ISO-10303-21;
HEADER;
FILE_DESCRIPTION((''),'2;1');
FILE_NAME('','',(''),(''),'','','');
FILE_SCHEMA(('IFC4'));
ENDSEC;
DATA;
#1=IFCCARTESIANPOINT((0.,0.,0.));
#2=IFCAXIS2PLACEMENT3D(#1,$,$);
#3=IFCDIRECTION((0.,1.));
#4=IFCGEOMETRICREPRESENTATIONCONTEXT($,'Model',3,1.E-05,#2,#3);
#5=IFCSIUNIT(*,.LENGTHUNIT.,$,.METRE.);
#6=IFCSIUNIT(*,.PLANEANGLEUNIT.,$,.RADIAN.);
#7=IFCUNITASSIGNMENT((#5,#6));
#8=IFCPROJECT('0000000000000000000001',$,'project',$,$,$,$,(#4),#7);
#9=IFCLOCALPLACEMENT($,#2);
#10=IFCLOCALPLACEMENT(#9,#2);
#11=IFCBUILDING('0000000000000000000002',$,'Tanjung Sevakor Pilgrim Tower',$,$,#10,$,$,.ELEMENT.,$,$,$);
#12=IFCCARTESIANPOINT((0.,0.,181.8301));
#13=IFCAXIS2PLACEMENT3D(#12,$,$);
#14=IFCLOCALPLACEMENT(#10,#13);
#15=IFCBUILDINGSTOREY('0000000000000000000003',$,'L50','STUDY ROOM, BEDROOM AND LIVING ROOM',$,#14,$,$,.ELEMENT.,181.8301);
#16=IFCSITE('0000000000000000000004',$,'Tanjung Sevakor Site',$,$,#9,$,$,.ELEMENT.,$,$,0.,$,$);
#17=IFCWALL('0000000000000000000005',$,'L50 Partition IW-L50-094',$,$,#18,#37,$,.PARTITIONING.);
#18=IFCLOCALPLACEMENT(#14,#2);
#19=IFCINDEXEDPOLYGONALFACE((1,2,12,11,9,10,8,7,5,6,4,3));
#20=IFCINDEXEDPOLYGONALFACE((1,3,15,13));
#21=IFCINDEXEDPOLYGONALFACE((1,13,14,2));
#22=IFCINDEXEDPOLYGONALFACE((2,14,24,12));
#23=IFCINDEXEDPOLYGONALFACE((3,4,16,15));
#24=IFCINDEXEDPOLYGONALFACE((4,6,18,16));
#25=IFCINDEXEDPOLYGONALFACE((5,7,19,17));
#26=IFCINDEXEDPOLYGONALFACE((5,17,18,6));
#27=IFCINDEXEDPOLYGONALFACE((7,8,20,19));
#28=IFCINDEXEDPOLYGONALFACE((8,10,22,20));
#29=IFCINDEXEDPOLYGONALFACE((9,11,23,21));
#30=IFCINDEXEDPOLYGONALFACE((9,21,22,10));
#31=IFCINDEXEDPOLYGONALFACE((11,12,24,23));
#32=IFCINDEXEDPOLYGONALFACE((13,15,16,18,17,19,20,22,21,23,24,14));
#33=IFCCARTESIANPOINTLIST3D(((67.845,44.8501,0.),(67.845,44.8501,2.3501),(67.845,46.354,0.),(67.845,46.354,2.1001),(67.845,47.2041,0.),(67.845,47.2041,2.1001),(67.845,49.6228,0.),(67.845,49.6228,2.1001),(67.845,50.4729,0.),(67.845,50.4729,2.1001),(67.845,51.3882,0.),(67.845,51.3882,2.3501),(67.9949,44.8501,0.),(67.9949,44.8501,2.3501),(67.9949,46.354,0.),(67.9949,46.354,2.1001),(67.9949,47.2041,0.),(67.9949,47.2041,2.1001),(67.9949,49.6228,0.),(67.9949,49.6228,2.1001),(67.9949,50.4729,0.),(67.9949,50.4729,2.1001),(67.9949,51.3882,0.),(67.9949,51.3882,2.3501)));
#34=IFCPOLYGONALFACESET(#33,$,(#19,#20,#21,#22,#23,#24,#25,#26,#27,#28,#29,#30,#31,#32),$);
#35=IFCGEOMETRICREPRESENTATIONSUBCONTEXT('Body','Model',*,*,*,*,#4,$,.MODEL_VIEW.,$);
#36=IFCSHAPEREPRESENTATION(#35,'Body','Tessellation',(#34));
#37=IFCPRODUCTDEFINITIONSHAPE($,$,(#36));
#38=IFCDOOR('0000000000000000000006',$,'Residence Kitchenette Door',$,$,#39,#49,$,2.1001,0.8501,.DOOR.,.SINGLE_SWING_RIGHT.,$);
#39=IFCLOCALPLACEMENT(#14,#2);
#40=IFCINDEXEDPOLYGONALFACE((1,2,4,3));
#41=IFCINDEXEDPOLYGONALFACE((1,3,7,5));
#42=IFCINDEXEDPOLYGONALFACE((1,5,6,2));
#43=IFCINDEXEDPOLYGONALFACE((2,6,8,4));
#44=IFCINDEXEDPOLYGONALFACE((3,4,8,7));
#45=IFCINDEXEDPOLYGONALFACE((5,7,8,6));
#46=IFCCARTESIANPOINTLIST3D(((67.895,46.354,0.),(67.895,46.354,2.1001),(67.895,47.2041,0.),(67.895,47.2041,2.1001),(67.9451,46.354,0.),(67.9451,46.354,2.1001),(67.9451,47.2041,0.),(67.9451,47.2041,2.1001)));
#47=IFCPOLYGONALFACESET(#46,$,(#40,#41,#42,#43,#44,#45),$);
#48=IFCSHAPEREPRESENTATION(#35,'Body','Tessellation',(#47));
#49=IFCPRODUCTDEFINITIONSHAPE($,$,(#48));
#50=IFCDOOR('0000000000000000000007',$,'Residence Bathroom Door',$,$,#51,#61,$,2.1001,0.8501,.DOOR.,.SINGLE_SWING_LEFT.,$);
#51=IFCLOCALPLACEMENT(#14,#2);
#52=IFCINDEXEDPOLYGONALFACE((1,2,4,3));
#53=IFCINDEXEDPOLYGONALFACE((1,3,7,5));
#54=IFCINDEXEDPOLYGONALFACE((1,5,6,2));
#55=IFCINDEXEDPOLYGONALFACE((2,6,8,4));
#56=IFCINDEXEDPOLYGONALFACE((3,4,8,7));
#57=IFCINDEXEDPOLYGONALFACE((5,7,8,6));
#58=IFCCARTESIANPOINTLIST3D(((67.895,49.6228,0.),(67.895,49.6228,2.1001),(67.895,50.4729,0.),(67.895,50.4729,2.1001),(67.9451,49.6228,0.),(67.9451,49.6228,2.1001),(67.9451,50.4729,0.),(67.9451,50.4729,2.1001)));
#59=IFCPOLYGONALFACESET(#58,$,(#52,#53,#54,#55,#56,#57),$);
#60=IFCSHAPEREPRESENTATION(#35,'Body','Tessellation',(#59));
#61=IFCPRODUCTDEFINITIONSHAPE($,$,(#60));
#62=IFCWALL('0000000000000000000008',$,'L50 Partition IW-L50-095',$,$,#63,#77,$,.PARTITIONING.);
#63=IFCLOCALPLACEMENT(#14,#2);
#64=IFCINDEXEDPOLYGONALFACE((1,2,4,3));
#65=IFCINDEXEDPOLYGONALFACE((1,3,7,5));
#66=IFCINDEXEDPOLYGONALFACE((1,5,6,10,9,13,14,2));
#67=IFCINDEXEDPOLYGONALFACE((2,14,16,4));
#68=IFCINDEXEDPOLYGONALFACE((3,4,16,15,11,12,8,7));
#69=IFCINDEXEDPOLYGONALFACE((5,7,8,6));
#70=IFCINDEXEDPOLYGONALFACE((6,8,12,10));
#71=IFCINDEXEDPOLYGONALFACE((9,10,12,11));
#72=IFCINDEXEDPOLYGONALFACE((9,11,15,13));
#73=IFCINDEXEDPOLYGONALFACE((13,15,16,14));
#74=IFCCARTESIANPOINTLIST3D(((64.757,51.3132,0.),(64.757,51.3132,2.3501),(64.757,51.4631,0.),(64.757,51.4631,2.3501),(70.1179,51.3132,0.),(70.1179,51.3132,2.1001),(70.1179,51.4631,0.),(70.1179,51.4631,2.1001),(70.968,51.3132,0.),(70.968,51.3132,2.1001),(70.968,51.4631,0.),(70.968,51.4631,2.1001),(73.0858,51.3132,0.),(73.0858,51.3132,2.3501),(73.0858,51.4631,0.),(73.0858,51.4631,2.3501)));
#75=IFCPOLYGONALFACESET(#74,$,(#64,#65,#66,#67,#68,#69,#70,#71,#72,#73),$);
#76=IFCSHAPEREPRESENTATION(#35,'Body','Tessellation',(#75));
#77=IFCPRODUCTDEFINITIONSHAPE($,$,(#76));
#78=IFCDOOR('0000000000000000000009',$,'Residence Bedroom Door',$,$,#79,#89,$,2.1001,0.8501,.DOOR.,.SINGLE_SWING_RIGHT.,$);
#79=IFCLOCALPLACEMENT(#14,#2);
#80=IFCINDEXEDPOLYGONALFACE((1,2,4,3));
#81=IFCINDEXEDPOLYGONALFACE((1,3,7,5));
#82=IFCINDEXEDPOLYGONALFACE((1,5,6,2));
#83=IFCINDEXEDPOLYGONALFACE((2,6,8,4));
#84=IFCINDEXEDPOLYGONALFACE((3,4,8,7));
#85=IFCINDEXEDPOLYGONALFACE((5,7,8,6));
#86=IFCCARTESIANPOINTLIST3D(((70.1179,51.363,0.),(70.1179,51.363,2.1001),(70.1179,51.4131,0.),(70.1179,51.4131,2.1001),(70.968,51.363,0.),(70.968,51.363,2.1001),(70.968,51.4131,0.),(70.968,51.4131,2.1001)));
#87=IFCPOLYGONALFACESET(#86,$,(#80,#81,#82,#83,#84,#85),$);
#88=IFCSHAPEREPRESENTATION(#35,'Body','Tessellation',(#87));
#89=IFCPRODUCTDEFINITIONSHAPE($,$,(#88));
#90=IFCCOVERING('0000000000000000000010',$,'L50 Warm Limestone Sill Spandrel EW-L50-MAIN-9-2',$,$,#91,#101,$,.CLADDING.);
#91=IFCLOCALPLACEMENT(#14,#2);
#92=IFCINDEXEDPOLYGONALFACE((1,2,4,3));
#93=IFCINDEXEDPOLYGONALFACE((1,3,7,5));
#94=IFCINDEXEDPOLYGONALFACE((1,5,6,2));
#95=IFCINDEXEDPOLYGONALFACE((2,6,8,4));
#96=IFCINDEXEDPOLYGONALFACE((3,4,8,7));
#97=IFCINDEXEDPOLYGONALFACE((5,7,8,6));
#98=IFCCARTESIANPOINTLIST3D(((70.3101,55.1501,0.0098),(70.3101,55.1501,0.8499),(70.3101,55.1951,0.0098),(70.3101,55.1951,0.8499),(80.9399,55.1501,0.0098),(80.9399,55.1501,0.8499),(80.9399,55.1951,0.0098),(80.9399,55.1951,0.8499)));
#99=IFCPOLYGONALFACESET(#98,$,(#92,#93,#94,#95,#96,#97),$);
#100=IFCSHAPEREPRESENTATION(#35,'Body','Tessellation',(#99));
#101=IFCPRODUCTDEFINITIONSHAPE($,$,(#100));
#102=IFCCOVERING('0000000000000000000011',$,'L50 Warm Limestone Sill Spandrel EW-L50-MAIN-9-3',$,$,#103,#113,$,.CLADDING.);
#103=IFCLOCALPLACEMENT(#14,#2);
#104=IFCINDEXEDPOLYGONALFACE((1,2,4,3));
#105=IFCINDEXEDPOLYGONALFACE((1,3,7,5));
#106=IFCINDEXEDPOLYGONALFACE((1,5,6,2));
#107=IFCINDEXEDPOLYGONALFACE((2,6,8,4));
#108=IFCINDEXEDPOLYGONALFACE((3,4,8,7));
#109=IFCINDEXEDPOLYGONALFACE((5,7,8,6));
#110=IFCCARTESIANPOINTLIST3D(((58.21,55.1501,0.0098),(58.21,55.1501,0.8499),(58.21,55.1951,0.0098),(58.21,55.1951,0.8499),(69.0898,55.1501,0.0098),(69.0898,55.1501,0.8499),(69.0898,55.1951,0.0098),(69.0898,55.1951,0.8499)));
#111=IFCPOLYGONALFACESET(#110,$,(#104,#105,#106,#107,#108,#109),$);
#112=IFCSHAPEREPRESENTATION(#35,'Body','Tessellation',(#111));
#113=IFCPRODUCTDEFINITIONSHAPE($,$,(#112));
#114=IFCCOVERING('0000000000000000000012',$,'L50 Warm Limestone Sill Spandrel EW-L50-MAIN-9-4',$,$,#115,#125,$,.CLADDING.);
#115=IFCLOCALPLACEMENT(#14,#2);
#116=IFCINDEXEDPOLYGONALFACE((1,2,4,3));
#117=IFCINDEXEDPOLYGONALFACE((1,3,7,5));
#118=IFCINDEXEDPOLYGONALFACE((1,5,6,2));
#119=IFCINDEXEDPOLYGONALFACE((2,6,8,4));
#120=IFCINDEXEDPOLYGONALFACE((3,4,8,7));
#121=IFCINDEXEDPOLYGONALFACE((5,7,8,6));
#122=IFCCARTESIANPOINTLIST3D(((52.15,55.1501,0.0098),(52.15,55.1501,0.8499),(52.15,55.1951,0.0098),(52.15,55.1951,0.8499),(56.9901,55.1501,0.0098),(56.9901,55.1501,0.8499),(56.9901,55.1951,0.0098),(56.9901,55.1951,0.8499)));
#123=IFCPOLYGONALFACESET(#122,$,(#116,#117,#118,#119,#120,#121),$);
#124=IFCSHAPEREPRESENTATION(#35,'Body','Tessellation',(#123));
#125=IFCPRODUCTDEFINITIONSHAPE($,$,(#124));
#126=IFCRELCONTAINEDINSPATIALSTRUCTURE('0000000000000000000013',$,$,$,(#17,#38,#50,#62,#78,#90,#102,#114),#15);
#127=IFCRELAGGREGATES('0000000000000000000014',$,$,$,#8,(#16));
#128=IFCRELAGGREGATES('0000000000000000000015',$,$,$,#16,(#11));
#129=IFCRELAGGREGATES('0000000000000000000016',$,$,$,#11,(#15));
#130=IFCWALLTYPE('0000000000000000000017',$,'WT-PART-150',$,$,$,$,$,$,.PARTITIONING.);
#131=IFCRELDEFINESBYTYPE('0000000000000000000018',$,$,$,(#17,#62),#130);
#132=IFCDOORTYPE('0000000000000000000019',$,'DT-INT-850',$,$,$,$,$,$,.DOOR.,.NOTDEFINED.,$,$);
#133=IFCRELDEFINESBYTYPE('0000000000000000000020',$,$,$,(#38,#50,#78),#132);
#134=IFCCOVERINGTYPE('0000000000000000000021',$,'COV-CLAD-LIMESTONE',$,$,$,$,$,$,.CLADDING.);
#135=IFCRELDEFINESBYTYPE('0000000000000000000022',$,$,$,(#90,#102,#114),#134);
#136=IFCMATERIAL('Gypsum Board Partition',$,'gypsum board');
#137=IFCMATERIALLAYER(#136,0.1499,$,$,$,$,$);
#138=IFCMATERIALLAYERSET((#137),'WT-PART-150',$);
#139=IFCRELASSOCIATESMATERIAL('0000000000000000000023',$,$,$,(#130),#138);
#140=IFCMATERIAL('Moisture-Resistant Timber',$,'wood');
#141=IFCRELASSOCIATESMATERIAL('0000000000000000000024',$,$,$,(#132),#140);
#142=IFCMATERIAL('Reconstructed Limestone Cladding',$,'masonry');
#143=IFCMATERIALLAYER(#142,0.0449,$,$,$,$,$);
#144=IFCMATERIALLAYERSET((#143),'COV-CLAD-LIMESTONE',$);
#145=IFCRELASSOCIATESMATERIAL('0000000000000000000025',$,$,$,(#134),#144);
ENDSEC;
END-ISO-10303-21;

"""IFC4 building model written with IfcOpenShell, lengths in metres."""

from ifc_helpers import new_model, si_unit, direction, frame, frame_2d, origin, origin_2d, place, context, subcontext, project, spatial, rectangle, extrude, material, layer, layer_set, type_object, element, fill, save


model = new_model("IFC4")

# Units and contexts
model_context = context("Model", 3, precision=1e-05, world=origin(), true_north=direction((0.0, 1.0)))
body_context = subcontext(model_context, "Body", "Model", "MODEL_VIEW")
ifc_project = project(units=[si_unit("LENGTHUNIT", "METRE"), si_unit("PLANEANGLEUNIT", "RADIAN")], contexts=[model_context])

# Site, building, storey
site_placement = place(None, origin())
site = spatial("IfcSite", under=ifc_project, at=site_placement, Name="Tanjung Sevakor Site", CompositionType="ELEMENT", RefElevation=0.0)
building_placement = place(site_placement, origin())
building = spatial("IfcBuilding", under=site, at=building_placement, Name="Tanjung Sevakor Pilgrim Tower", CompositionType="ELEMENT")
storey_placement = place(building_placement, frame((0.0, 0.0, 181.8301)))
storey = spatial("IfcBuildingStorey", under=building, at=storey_placement, Name="L50", Description="STUDY ROOM, BEDROOM AND LIVING ROOM", CompositionType="ELEMENT", Elevation=181.8301)

# Shared definitions
ifc_material_1 = material(Name="Gypsum Board Partition", Category="gypsum board")
ifc_layer_1 = layer(ifc_material_1, 0.1499)
ifc_layer_set_1 = layer_set([ifc_layer_1], Name="WT-PART-150")
wall_type_1 = type_object("IfcWallType", Name="WT-PART-150", PredefinedType="PARTITIONING", material=ifc_layer_set_1)

# Wall, openings, doors
wall_1_placement = place(storey_placement, frame((67.9199, 44.8501, 0.0), z_axis=(0.0, 0.0, 1.0), x_axis=(0.0, 1.0, 0.0)))
wall_1 = element("IfcWall", 1, at=wall_1_placement, inside=storey, type_object=wall_type_1, Name="L50 Partition IW-L50-094", PredefinedType="PARTITIONING", context=body_context, shape_type="SweptSolid", body=[
    extrude(rectangle(XDim=6.5381, YDim=0.1499, at=frame_2d((3.269, 0.0))), origin(), (0.0, 0.0, 1.0), 2.3501),
])
opening_1_placement = place(wall_1_placement, frame((1.5039, 0.0, 0.0)))
opening_1 = element("IfcOpeningElement", 2, at=opening_1_placement, cuts=wall_1, PredefinedType="OPENING", context=body_context, shape_type="SweptSolid", body=[
    extrude(rectangle(XDim=0.8501, YDim=2.1001, at=frame_2d((0.425, 1.05))), frame((0.0, 0.085, 0.0), z_axis=(0.0, -1.0, 0.0), x_axis=(1.0, 0.0, 0.0)), (0.0, 0.0, 1.0), 0.1699),
])
opening_2_placement = place(wall_1_placement, frame((4.7727, 0.0, 0.0)))
opening_2 = element("IfcOpeningElement", 3, at=opening_2_placement, cuts=wall_1, PredefinedType="OPENING", context=body_context, shape_type="SweptSolid", body=[
    extrude(rectangle(XDim=0.8501, YDim=2.1001, at=frame_2d((0.425, 1.05))), frame((0.0, 0.085, 0.0), z_axis=(0.0, -1.0, 0.0), x_axis=(1.0, 0.0, 0.0)), (0.0, 0.0, 1.0), 0.1699),
])
ifc_material_2 = material(Name="Moisture-Resistant Timber", Category="wood")
door_type_1 = type_object("IfcDoorType", Name="DT-INT-850", OperationType="NOTDEFINED", PredefinedType="DOOR", material=ifc_material_2)
door_1_placement = place(opening_1_placement, origin())
door_1 = element("IfcDoor", 4, at=door_1_placement, inside=storey, type_object=door_type_1, Name="Residence Kitchenette Door", OperationType="SINGLE_SWING_RIGHT", OverallHeight=2.1001, OverallWidth=0.8501, PredefinedType="DOOR", context=body_context, shape_type="SweptSolid", body=[
    extrude(rectangle(XDim=0.8501, YDim=2.1001, at=frame_2d((0.425, 1.05))), frame((0.0, 0.0249, 0.0), z_axis=(0.0, -1.0, 0.0), x_axis=(1.0, 0.0, 0.0)), (0.0, 0.0, 1.0), 0.05),
])
fill(opening_1, door_1)
door_2_placement = place(opening_2_placement, origin())
door_2 = element("IfcDoor", 5, at=door_2_placement, inside=storey, type_object=door_type_1, Name="Residence Bathroom Door", OperationType="SINGLE_SWING_LEFT", OverallHeight=2.1001, OverallWidth=0.8501, PredefinedType="DOOR", context=body_context, shape_type="SweptSolid", body=[
    extrude(rectangle(XDim=0.8501, YDim=2.1001, at=frame_2d((0.425, 1.05))), frame((0.0, 0.0249, 0.0), z_axis=(0.0, -1.0, 0.0), x_axis=(1.0, 0.0, 0.0)), (0.0, 0.0, 1.0), 0.05),
])
fill(opening_2, door_2)

# Wall, opening, door
wall_2_placement = place(storey_placement, frame((64.7568, 51.3882, 0.0), z_axis=(0.0, 0.0, 1.0), x_axis=(1.0, 0.0, 0.0)))
wall_2 = element("IfcWall", 6, at=wall_2_placement, inside=storey, type_object=wall_type_1, Name="L50 Partition IW-L50-095", PredefinedType="PARTITIONING", context=body_context, shape_type="SweptSolid", body=[
    extrude(rectangle(XDim=8.3289, YDim=0.1499, at=frame_2d((4.1646, 0.0))), origin(), (0.0, 0.0, 1.0), 2.3501),
])
opening_3_placement = place(wall_2_placement, frame((5.3611, 0.0, 0.0)))
opening_3 = element("IfcOpeningElement", 7, at=opening_3_placement, cuts=wall_2, PredefinedType="OPENING", context=body_context, shape_type="SweptSolid", body=[
    extrude(rectangle(XDim=0.8501, YDim=2.1001, at=frame_2d((0.425, 1.05))), frame((0.0, 0.085, 0.0), z_axis=(0.0, -1.0, 0.0), x_axis=(1.0, 0.0, 0.0)), (0.0, 0.0, 1.0), 0.1699),
])
door_3_placement = place(opening_3_placement, origin())
door_3 = element("IfcDoor", 8, at=door_3_placement, inside=storey, type_object=door_type_1, Name="Residence Bedroom Door", OperationType="SINGLE_SWING_RIGHT", OverallHeight=2.1001, OverallWidth=0.8501, PredefinedType="DOOR", context=body_context, shape_type="SweptSolid", body=[
    extrude(rectangle(XDim=0.8501, YDim=2.1001, at=frame_2d((0.425, 1.05))), frame((0.0, 0.0249, 0.0), z_axis=(0.0, -1.0, 0.0), x_axis=(1.0, 0.0, 0.0)), (0.0, 0.0, 1.0), 0.05),
])
fill(opening_3, door_3)

# Coverings
ifc_material_3 = material(Name="Reconstructed Limestone Cladding", Category="masonry")
ifc_layer_2 = layer(ifc_material_3, 0.0449)
ifc_layer_set_2 = layer_set([ifc_layer_2], Name="COV-CLAD-LIMESTONE")
covering_type = type_object("IfcCoveringType", Name="COV-CLAD-LIMESTONE", PredefinedType="CLADDING", material=ifc_layer_set_2)
covering_1_placement = place(storey_placement, frame((75.625, 55.1726, 0.0098), z_axis=(0.0, 0.0, 1.0), x_axis=(-1.0, 0.0, 0.0)))
element("IfcCovering", 9, at=covering_1_placement, inside=storey, type_object=covering_type, Name="L50 Warm Limestone Sill Spandrel EW-L50-MAIN-9-2", PredefinedType="CLADDING", context=body_context, shape_type="SweptSolid", body=[
    extrude(rectangle(XDim=10.6299, YDim=0.0449, at=origin_2d()), origin(), (0.0, 0.0, 1.0), 0.8401),
])
covering_2_placement = place(storey_placement, frame((63.6499, 55.1726, 0.0098), z_axis=(0.0, 0.0, 1.0), x_axis=(-1.0, 0.0, 0.0)))
element("IfcCovering", 10, at=covering_2_placement, inside=storey, type_object=covering_type, Name="L50 Warm Limestone Sill Spandrel EW-L50-MAIN-9-3", PredefinedType="CLADDING", context=body_context, shape_type="SweptSolid", body=[
    extrude(rectangle(XDim=10.8799, YDim=0.0449, at=origin_2d()), origin(), (0.0, 0.0, 1.0), 0.8401),
])
covering_3_placement = place(storey_placement, frame((54.5701, 55.1726, 0.0098), z_axis=(0.0, 0.0, 1.0), x_axis=(-1.0, 0.0, 0.0)))
element("IfcCovering", 11, at=covering_3_placement, inside=storey, type_object=covering_type, Name="L50 Warm Limestone Sill Spandrel EW-L50-MAIN-9-4", PredefinedType="CLADDING", context=body_context, shape_type="SweptSolid", body=[
    extrude(rectangle(XDim=4.8401, YDim=0.0449, at=origin_2d()), origin(), (0.0, 0.0, 1.0), 0.8401),
])

save(model, "model.ifc")
